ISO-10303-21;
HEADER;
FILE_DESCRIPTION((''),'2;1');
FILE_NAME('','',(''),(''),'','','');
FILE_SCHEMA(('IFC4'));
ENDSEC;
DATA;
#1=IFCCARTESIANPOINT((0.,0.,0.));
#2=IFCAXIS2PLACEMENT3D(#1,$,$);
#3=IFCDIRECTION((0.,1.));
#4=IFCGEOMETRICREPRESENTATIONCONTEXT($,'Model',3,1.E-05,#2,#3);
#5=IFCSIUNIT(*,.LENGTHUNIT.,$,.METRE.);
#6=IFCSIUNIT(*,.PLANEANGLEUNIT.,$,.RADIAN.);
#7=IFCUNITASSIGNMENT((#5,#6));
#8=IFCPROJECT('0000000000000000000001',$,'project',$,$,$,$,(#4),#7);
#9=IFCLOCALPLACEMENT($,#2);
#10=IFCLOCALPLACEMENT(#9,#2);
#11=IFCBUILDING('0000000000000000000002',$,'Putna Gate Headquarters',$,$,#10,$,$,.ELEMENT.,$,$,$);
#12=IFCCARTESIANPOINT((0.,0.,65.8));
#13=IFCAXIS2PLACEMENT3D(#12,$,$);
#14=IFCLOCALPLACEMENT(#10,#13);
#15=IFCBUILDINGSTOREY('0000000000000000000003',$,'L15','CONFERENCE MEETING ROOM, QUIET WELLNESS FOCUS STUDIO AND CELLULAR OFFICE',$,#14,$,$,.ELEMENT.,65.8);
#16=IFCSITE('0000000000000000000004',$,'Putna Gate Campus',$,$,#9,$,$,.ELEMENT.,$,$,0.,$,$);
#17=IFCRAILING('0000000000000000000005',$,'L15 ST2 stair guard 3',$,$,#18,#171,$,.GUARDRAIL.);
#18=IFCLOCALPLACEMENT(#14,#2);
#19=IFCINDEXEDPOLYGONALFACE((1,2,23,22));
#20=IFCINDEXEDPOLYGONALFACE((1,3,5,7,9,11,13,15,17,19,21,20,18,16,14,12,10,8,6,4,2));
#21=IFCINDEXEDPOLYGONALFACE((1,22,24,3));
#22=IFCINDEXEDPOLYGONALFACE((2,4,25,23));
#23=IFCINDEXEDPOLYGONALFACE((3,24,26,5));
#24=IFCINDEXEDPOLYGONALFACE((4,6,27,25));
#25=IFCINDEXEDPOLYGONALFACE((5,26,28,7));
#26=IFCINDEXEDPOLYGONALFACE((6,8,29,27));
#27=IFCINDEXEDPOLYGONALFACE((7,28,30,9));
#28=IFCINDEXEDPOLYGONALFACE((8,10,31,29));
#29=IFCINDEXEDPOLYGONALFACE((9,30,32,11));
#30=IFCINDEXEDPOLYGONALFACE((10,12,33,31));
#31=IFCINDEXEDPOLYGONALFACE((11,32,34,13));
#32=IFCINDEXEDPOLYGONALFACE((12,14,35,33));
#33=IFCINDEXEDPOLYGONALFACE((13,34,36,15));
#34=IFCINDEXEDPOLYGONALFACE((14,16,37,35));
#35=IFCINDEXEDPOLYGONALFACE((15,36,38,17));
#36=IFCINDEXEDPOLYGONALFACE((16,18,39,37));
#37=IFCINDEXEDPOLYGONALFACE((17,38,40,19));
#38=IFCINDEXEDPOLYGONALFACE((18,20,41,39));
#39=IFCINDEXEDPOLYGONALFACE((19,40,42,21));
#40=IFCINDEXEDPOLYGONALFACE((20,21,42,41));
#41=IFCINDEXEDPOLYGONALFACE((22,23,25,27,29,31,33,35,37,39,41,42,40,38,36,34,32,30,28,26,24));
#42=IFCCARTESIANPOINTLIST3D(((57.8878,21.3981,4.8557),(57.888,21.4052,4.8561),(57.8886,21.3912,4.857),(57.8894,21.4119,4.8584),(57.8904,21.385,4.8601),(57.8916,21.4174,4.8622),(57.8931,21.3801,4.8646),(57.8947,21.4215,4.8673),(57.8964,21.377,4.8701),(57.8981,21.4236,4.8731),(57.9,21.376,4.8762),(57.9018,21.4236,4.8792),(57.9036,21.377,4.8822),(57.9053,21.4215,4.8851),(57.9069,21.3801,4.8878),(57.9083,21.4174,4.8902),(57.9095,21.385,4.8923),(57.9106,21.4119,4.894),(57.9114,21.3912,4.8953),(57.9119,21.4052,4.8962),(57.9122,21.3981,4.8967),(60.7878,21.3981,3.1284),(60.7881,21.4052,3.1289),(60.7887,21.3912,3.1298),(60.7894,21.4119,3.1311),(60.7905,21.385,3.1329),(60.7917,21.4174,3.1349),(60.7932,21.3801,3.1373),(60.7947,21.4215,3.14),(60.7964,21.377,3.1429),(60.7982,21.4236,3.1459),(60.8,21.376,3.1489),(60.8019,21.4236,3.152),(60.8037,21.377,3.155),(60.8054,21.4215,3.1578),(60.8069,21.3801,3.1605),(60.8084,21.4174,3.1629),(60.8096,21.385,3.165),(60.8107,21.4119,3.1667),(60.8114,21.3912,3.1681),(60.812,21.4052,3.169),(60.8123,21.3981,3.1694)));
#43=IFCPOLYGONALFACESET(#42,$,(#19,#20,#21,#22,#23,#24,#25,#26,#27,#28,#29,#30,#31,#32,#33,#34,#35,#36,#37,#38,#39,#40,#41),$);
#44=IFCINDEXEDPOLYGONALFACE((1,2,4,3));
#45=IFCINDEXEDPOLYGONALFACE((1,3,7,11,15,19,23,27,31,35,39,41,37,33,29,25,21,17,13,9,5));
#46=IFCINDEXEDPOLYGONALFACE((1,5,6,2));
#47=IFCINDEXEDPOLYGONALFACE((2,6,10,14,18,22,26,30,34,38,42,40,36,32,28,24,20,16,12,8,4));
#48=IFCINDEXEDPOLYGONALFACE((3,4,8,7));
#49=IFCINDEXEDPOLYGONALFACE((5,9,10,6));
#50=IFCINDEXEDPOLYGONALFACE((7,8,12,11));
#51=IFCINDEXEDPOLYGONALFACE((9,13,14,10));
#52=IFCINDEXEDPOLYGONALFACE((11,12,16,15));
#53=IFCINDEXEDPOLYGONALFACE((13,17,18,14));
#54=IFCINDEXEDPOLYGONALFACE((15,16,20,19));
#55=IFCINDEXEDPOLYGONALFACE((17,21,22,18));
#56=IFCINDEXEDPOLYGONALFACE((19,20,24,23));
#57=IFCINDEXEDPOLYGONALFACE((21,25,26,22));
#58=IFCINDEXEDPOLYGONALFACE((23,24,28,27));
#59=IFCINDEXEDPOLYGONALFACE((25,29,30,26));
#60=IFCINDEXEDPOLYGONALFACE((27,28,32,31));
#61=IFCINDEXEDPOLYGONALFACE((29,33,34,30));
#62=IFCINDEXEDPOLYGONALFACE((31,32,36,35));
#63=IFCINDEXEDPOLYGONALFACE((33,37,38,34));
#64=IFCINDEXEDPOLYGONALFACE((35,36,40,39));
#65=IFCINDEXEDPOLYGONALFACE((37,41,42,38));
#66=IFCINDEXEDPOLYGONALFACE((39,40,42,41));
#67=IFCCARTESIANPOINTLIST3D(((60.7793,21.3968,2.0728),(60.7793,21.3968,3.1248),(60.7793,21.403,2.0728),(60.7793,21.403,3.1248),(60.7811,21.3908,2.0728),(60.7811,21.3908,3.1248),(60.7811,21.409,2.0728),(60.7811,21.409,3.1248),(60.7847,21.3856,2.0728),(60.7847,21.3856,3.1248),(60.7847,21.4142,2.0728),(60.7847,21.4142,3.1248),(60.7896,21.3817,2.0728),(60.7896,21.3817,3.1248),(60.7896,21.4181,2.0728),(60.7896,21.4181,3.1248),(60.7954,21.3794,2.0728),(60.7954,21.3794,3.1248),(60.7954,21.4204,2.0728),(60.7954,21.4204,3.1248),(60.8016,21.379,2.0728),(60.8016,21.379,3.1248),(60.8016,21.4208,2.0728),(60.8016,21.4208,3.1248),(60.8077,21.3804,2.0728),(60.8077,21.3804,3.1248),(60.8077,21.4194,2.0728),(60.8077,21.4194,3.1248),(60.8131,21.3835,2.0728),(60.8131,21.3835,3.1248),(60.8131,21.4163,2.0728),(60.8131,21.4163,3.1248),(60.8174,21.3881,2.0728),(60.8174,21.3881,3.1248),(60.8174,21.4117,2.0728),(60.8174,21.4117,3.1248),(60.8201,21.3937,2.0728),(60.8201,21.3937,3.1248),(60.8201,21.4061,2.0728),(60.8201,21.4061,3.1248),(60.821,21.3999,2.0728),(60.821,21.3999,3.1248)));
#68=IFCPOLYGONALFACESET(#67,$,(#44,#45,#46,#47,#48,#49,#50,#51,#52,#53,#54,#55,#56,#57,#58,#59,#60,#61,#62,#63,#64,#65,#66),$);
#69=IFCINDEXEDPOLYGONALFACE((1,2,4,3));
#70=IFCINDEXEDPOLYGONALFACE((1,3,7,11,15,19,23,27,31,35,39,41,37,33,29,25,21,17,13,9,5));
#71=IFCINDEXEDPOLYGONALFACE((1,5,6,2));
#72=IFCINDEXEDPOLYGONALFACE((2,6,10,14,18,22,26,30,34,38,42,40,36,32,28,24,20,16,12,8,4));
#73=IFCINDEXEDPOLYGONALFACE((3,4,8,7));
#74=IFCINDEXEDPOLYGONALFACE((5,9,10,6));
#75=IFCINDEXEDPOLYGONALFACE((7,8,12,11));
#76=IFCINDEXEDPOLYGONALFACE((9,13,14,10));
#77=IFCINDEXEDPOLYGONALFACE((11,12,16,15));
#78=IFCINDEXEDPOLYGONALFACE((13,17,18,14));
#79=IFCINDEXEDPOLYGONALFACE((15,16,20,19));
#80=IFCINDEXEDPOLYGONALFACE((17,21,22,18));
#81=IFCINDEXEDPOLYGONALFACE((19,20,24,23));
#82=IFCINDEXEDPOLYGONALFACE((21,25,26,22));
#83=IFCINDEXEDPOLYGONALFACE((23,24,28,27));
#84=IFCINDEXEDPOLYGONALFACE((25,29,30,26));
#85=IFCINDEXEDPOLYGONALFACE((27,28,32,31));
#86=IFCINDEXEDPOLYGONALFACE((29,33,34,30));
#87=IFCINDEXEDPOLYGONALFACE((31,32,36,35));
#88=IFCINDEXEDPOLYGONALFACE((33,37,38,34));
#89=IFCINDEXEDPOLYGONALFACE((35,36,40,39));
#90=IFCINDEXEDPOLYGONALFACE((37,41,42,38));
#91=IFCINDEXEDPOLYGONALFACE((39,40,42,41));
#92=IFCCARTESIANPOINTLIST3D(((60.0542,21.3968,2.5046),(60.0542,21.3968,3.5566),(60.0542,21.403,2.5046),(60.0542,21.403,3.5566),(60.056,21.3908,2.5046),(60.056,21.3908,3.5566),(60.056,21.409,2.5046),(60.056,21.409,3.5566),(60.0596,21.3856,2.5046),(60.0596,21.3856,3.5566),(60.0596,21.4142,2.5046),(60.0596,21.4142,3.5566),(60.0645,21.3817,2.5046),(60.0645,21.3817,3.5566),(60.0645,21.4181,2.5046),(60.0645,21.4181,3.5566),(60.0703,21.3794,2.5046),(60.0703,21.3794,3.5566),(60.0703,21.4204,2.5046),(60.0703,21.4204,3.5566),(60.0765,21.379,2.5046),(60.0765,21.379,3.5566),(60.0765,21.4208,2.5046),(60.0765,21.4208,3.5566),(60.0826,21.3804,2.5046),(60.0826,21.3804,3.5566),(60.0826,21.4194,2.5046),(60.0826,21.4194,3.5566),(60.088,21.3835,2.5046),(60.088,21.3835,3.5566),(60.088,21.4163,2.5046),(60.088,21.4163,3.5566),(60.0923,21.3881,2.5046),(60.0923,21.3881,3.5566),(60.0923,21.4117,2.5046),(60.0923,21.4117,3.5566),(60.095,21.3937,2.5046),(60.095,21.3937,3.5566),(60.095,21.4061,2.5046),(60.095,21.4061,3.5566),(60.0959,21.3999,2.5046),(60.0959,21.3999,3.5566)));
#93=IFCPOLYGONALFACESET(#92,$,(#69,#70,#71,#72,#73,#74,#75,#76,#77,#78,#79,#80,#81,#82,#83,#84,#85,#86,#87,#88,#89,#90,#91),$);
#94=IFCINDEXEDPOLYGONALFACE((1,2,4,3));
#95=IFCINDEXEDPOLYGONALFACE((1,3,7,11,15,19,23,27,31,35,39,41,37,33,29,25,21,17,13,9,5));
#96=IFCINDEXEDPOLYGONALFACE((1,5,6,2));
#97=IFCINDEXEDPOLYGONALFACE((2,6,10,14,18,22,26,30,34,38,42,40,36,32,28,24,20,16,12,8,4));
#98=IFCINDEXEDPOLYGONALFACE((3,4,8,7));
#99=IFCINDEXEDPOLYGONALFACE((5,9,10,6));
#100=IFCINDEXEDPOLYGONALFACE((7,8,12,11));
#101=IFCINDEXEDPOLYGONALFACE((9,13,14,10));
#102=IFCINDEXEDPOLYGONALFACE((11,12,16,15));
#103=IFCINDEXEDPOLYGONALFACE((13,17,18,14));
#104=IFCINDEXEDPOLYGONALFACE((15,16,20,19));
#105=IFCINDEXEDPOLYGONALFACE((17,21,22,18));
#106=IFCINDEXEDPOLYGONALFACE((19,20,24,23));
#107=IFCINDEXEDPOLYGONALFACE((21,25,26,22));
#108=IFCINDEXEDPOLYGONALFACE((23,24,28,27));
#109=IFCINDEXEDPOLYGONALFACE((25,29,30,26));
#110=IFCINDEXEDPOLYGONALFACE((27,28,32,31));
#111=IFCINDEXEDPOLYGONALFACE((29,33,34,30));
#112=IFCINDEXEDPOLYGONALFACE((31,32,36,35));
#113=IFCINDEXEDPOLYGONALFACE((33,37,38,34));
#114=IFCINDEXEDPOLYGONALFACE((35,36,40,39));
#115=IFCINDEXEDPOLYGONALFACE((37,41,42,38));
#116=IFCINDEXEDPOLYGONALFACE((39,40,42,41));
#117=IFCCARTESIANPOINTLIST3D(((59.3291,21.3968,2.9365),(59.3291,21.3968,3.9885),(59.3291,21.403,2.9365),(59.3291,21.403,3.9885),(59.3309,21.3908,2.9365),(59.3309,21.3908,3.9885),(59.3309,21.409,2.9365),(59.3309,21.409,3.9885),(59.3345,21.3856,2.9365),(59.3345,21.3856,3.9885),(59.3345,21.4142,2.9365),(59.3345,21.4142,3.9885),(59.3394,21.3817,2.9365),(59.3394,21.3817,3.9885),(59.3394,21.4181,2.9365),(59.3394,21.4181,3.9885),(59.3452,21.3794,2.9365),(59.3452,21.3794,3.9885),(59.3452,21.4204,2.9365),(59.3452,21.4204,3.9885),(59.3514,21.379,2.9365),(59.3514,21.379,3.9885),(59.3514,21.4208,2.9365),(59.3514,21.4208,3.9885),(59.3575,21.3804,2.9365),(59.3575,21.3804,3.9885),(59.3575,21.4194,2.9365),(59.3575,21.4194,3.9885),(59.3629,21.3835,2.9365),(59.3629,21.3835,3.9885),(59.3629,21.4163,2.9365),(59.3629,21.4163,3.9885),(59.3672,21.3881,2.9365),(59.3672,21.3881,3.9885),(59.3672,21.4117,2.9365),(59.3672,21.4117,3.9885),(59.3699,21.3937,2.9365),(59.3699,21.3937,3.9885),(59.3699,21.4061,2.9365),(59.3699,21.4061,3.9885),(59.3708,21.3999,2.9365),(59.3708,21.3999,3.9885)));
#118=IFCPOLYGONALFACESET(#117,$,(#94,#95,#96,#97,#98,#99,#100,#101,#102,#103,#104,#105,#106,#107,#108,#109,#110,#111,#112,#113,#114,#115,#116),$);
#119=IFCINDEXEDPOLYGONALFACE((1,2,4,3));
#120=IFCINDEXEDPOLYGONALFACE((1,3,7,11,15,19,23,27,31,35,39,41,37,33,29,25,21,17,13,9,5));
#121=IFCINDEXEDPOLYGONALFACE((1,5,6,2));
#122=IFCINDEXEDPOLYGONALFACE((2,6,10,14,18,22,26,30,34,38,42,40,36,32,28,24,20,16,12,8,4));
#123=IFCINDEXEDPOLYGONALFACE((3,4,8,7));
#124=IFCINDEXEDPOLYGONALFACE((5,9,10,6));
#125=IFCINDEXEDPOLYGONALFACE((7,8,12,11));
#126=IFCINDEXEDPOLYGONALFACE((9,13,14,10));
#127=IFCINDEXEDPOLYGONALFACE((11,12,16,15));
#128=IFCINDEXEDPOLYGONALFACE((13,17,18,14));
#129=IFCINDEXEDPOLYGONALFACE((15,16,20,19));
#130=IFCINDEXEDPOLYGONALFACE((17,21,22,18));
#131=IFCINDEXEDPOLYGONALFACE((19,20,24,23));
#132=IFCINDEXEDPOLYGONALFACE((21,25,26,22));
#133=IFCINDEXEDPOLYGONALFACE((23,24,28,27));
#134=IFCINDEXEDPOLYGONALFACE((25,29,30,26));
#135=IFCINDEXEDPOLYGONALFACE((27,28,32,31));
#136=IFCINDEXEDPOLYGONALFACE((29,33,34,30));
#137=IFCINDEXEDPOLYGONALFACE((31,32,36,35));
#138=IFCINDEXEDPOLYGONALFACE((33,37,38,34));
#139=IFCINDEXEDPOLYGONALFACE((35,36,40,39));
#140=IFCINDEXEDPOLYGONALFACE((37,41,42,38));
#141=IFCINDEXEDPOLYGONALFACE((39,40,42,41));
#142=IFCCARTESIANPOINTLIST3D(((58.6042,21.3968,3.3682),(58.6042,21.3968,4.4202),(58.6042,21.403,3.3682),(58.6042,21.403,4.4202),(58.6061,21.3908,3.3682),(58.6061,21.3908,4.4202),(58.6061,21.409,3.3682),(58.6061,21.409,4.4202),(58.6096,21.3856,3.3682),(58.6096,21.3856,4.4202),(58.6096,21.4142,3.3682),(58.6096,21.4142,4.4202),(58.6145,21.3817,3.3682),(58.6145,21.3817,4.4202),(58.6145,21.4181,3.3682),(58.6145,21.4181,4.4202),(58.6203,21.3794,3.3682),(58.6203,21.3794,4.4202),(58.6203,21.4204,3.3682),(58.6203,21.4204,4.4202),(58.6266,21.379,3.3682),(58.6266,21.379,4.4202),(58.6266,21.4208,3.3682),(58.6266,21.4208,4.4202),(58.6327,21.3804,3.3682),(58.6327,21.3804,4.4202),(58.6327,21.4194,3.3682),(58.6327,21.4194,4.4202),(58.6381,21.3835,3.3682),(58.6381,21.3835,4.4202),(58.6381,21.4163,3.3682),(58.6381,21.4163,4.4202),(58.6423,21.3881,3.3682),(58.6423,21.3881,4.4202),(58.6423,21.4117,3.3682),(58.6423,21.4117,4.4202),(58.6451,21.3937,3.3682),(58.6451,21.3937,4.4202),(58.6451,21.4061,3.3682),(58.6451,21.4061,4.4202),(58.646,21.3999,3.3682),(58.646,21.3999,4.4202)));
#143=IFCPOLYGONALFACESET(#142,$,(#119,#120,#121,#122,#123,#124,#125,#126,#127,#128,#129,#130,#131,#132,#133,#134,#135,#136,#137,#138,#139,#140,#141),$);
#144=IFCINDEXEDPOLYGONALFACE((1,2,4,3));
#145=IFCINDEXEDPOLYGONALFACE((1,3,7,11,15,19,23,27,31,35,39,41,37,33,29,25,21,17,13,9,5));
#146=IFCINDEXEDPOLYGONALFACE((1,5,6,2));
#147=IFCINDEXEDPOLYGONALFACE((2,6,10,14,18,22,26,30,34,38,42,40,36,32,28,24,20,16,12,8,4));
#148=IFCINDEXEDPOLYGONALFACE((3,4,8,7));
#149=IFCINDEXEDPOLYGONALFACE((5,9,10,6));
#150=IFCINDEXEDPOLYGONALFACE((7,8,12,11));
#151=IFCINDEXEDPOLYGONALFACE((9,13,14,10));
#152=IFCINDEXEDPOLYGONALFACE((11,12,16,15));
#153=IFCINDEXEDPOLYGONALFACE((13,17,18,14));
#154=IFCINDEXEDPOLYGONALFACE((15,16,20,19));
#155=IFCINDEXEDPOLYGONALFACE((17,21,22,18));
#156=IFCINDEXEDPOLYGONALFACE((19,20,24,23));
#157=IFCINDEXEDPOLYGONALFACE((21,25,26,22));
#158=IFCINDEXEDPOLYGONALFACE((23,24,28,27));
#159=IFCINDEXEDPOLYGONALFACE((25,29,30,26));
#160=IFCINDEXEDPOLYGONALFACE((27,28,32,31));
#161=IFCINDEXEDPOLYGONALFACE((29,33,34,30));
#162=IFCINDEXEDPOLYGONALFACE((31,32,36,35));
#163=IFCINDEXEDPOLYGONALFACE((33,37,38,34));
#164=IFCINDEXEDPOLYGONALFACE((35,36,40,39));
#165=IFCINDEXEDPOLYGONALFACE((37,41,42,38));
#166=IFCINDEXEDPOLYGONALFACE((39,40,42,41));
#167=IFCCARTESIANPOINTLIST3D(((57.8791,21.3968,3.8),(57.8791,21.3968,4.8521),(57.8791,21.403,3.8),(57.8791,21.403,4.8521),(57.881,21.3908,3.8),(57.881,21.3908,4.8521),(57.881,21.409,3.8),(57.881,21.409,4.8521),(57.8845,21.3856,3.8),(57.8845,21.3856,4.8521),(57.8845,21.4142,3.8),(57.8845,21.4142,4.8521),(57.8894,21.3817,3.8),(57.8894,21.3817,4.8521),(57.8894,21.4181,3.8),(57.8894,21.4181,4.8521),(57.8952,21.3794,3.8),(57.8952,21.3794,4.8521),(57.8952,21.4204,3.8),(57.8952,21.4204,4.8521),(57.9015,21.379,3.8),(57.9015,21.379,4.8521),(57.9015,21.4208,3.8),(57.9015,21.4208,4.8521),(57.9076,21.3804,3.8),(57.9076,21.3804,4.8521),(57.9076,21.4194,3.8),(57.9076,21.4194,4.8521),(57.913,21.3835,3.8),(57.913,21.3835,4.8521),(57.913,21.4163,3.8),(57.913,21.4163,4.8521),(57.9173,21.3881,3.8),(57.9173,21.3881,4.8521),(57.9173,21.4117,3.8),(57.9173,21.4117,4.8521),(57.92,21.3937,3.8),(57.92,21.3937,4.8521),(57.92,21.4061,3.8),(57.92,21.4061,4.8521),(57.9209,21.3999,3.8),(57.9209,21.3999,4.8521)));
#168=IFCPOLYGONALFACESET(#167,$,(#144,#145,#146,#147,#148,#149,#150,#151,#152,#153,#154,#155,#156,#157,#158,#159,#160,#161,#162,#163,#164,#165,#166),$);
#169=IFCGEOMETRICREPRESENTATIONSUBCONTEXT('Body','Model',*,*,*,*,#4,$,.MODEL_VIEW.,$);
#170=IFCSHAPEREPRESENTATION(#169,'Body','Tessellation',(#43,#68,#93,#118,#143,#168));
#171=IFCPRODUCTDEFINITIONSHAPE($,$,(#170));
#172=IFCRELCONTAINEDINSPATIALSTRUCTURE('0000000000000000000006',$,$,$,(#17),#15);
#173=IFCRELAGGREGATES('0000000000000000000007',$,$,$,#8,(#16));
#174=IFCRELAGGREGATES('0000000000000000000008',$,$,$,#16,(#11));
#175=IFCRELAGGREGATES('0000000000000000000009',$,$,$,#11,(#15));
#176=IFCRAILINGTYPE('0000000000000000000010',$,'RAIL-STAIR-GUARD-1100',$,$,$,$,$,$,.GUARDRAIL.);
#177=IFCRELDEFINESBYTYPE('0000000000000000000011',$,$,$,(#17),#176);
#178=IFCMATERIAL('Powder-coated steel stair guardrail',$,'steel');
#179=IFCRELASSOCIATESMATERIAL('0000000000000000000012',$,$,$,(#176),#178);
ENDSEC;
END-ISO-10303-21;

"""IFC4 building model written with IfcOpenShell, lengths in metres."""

from ifc_helpers import new_model, si_unit, direction, frame, origin, origin_2d, place, context, subcontext, project, spatial, circle, extrude, material, type_object, element, save


model = new_model("IFC4")

# Units and contexts
model_context = context("Model", 3, precision=1e-05, world=origin(), true_north=direction((0.0, 1.0)))
body_context = subcontext(model_context, "Body", "Model", "MODEL_VIEW")
ifc_project = project(units=[si_unit("LENGTHUNIT", "METRE"), si_unit("PLANEANGLEUNIT", "RADIAN")], contexts=[model_context])

# Site, building, storey
site_placement = place(None, origin())
site = spatial("IfcSite", under=ifc_project, at=site_placement, Name="Putna Gate Campus", CompositionType="ELEMENT", RefElevation=0.0)
building_placement = place(site_placement, origin())
building = spatial("IfcBuilding", under=site, at=building_placement, Name="Putna Gate Headquarters", CompositionType="ELEMENT")
storey_placement = place(building_placement, frame((0.0, 0.0, 65.8)))
storey = spatial("IfcBuildingStorey", under=building, at=storey_placement, Name="L15", Description="CONFERENCE MEETING ROOM, QUIET WELLNESS FOCUS STUDIO AND CELLULAR OFFICE", CompositionType="ELEMENT", Elevation=65.8)

# Railing
ifc_material_1 = material(Name="Powder-coated steel stair guardrail", Category="steel")
railing_type = type_object("IfcRailingType", Name="RAIL-STAIR-GUARD-1100", PredefinedType="GUARDRAIL", material=ifc_material_1)
railing_1_placement = place(storey_placement, frame((60.8, 21.3999, 2.0728)))
element("IfcRailing", 1, at=railing_1_placement, inside=storey, type_object=railing_type, Name="L15 ST2 stair guard 3", PredefinedType="GUARDRAIL", context=body_context, shape_type="SweptSolid", body=[
    extrude(circle(Radius=0.0239, at=origin_2d()), frame((0.0, 0.0, 1.0762), z_axis=(-0.85916, 0.0, 0.511706), x_axis=(0.0, -1.0, 0.0)), (0.0, 0.0, 1.0), 3.3755),
    extrude(circle(Radius=0.021, at=origin_2d()), origin(), (0.0, 0.0, 1.0), 1.052),
    extrude(circle(Radius=0.021, at=origin_2d()), frame((-0.7251, 0.0, 0.4319)), (0.0, 0.0, 1.0), 1.052),
    extrude(circle(Radius=0.021, at=origin_2d()), frame((-1.4502, 0.0, 0.8638)), (0.0, 0.0, 1.0), 1.052),
    extrude(circle(Radius=0.021, at=origin_2d()), frame((-2.175, 0.0, 1.2954)), (0.0, 0.0, 1.0), 1.052),
    extrude(circle(Radius=0.021, at=origin_2d()), frame((-2.9001, 0.0, 1.7273)), (0.0, 0.0, 1.0), 1.052),
])

save(model, "model.ifc")
